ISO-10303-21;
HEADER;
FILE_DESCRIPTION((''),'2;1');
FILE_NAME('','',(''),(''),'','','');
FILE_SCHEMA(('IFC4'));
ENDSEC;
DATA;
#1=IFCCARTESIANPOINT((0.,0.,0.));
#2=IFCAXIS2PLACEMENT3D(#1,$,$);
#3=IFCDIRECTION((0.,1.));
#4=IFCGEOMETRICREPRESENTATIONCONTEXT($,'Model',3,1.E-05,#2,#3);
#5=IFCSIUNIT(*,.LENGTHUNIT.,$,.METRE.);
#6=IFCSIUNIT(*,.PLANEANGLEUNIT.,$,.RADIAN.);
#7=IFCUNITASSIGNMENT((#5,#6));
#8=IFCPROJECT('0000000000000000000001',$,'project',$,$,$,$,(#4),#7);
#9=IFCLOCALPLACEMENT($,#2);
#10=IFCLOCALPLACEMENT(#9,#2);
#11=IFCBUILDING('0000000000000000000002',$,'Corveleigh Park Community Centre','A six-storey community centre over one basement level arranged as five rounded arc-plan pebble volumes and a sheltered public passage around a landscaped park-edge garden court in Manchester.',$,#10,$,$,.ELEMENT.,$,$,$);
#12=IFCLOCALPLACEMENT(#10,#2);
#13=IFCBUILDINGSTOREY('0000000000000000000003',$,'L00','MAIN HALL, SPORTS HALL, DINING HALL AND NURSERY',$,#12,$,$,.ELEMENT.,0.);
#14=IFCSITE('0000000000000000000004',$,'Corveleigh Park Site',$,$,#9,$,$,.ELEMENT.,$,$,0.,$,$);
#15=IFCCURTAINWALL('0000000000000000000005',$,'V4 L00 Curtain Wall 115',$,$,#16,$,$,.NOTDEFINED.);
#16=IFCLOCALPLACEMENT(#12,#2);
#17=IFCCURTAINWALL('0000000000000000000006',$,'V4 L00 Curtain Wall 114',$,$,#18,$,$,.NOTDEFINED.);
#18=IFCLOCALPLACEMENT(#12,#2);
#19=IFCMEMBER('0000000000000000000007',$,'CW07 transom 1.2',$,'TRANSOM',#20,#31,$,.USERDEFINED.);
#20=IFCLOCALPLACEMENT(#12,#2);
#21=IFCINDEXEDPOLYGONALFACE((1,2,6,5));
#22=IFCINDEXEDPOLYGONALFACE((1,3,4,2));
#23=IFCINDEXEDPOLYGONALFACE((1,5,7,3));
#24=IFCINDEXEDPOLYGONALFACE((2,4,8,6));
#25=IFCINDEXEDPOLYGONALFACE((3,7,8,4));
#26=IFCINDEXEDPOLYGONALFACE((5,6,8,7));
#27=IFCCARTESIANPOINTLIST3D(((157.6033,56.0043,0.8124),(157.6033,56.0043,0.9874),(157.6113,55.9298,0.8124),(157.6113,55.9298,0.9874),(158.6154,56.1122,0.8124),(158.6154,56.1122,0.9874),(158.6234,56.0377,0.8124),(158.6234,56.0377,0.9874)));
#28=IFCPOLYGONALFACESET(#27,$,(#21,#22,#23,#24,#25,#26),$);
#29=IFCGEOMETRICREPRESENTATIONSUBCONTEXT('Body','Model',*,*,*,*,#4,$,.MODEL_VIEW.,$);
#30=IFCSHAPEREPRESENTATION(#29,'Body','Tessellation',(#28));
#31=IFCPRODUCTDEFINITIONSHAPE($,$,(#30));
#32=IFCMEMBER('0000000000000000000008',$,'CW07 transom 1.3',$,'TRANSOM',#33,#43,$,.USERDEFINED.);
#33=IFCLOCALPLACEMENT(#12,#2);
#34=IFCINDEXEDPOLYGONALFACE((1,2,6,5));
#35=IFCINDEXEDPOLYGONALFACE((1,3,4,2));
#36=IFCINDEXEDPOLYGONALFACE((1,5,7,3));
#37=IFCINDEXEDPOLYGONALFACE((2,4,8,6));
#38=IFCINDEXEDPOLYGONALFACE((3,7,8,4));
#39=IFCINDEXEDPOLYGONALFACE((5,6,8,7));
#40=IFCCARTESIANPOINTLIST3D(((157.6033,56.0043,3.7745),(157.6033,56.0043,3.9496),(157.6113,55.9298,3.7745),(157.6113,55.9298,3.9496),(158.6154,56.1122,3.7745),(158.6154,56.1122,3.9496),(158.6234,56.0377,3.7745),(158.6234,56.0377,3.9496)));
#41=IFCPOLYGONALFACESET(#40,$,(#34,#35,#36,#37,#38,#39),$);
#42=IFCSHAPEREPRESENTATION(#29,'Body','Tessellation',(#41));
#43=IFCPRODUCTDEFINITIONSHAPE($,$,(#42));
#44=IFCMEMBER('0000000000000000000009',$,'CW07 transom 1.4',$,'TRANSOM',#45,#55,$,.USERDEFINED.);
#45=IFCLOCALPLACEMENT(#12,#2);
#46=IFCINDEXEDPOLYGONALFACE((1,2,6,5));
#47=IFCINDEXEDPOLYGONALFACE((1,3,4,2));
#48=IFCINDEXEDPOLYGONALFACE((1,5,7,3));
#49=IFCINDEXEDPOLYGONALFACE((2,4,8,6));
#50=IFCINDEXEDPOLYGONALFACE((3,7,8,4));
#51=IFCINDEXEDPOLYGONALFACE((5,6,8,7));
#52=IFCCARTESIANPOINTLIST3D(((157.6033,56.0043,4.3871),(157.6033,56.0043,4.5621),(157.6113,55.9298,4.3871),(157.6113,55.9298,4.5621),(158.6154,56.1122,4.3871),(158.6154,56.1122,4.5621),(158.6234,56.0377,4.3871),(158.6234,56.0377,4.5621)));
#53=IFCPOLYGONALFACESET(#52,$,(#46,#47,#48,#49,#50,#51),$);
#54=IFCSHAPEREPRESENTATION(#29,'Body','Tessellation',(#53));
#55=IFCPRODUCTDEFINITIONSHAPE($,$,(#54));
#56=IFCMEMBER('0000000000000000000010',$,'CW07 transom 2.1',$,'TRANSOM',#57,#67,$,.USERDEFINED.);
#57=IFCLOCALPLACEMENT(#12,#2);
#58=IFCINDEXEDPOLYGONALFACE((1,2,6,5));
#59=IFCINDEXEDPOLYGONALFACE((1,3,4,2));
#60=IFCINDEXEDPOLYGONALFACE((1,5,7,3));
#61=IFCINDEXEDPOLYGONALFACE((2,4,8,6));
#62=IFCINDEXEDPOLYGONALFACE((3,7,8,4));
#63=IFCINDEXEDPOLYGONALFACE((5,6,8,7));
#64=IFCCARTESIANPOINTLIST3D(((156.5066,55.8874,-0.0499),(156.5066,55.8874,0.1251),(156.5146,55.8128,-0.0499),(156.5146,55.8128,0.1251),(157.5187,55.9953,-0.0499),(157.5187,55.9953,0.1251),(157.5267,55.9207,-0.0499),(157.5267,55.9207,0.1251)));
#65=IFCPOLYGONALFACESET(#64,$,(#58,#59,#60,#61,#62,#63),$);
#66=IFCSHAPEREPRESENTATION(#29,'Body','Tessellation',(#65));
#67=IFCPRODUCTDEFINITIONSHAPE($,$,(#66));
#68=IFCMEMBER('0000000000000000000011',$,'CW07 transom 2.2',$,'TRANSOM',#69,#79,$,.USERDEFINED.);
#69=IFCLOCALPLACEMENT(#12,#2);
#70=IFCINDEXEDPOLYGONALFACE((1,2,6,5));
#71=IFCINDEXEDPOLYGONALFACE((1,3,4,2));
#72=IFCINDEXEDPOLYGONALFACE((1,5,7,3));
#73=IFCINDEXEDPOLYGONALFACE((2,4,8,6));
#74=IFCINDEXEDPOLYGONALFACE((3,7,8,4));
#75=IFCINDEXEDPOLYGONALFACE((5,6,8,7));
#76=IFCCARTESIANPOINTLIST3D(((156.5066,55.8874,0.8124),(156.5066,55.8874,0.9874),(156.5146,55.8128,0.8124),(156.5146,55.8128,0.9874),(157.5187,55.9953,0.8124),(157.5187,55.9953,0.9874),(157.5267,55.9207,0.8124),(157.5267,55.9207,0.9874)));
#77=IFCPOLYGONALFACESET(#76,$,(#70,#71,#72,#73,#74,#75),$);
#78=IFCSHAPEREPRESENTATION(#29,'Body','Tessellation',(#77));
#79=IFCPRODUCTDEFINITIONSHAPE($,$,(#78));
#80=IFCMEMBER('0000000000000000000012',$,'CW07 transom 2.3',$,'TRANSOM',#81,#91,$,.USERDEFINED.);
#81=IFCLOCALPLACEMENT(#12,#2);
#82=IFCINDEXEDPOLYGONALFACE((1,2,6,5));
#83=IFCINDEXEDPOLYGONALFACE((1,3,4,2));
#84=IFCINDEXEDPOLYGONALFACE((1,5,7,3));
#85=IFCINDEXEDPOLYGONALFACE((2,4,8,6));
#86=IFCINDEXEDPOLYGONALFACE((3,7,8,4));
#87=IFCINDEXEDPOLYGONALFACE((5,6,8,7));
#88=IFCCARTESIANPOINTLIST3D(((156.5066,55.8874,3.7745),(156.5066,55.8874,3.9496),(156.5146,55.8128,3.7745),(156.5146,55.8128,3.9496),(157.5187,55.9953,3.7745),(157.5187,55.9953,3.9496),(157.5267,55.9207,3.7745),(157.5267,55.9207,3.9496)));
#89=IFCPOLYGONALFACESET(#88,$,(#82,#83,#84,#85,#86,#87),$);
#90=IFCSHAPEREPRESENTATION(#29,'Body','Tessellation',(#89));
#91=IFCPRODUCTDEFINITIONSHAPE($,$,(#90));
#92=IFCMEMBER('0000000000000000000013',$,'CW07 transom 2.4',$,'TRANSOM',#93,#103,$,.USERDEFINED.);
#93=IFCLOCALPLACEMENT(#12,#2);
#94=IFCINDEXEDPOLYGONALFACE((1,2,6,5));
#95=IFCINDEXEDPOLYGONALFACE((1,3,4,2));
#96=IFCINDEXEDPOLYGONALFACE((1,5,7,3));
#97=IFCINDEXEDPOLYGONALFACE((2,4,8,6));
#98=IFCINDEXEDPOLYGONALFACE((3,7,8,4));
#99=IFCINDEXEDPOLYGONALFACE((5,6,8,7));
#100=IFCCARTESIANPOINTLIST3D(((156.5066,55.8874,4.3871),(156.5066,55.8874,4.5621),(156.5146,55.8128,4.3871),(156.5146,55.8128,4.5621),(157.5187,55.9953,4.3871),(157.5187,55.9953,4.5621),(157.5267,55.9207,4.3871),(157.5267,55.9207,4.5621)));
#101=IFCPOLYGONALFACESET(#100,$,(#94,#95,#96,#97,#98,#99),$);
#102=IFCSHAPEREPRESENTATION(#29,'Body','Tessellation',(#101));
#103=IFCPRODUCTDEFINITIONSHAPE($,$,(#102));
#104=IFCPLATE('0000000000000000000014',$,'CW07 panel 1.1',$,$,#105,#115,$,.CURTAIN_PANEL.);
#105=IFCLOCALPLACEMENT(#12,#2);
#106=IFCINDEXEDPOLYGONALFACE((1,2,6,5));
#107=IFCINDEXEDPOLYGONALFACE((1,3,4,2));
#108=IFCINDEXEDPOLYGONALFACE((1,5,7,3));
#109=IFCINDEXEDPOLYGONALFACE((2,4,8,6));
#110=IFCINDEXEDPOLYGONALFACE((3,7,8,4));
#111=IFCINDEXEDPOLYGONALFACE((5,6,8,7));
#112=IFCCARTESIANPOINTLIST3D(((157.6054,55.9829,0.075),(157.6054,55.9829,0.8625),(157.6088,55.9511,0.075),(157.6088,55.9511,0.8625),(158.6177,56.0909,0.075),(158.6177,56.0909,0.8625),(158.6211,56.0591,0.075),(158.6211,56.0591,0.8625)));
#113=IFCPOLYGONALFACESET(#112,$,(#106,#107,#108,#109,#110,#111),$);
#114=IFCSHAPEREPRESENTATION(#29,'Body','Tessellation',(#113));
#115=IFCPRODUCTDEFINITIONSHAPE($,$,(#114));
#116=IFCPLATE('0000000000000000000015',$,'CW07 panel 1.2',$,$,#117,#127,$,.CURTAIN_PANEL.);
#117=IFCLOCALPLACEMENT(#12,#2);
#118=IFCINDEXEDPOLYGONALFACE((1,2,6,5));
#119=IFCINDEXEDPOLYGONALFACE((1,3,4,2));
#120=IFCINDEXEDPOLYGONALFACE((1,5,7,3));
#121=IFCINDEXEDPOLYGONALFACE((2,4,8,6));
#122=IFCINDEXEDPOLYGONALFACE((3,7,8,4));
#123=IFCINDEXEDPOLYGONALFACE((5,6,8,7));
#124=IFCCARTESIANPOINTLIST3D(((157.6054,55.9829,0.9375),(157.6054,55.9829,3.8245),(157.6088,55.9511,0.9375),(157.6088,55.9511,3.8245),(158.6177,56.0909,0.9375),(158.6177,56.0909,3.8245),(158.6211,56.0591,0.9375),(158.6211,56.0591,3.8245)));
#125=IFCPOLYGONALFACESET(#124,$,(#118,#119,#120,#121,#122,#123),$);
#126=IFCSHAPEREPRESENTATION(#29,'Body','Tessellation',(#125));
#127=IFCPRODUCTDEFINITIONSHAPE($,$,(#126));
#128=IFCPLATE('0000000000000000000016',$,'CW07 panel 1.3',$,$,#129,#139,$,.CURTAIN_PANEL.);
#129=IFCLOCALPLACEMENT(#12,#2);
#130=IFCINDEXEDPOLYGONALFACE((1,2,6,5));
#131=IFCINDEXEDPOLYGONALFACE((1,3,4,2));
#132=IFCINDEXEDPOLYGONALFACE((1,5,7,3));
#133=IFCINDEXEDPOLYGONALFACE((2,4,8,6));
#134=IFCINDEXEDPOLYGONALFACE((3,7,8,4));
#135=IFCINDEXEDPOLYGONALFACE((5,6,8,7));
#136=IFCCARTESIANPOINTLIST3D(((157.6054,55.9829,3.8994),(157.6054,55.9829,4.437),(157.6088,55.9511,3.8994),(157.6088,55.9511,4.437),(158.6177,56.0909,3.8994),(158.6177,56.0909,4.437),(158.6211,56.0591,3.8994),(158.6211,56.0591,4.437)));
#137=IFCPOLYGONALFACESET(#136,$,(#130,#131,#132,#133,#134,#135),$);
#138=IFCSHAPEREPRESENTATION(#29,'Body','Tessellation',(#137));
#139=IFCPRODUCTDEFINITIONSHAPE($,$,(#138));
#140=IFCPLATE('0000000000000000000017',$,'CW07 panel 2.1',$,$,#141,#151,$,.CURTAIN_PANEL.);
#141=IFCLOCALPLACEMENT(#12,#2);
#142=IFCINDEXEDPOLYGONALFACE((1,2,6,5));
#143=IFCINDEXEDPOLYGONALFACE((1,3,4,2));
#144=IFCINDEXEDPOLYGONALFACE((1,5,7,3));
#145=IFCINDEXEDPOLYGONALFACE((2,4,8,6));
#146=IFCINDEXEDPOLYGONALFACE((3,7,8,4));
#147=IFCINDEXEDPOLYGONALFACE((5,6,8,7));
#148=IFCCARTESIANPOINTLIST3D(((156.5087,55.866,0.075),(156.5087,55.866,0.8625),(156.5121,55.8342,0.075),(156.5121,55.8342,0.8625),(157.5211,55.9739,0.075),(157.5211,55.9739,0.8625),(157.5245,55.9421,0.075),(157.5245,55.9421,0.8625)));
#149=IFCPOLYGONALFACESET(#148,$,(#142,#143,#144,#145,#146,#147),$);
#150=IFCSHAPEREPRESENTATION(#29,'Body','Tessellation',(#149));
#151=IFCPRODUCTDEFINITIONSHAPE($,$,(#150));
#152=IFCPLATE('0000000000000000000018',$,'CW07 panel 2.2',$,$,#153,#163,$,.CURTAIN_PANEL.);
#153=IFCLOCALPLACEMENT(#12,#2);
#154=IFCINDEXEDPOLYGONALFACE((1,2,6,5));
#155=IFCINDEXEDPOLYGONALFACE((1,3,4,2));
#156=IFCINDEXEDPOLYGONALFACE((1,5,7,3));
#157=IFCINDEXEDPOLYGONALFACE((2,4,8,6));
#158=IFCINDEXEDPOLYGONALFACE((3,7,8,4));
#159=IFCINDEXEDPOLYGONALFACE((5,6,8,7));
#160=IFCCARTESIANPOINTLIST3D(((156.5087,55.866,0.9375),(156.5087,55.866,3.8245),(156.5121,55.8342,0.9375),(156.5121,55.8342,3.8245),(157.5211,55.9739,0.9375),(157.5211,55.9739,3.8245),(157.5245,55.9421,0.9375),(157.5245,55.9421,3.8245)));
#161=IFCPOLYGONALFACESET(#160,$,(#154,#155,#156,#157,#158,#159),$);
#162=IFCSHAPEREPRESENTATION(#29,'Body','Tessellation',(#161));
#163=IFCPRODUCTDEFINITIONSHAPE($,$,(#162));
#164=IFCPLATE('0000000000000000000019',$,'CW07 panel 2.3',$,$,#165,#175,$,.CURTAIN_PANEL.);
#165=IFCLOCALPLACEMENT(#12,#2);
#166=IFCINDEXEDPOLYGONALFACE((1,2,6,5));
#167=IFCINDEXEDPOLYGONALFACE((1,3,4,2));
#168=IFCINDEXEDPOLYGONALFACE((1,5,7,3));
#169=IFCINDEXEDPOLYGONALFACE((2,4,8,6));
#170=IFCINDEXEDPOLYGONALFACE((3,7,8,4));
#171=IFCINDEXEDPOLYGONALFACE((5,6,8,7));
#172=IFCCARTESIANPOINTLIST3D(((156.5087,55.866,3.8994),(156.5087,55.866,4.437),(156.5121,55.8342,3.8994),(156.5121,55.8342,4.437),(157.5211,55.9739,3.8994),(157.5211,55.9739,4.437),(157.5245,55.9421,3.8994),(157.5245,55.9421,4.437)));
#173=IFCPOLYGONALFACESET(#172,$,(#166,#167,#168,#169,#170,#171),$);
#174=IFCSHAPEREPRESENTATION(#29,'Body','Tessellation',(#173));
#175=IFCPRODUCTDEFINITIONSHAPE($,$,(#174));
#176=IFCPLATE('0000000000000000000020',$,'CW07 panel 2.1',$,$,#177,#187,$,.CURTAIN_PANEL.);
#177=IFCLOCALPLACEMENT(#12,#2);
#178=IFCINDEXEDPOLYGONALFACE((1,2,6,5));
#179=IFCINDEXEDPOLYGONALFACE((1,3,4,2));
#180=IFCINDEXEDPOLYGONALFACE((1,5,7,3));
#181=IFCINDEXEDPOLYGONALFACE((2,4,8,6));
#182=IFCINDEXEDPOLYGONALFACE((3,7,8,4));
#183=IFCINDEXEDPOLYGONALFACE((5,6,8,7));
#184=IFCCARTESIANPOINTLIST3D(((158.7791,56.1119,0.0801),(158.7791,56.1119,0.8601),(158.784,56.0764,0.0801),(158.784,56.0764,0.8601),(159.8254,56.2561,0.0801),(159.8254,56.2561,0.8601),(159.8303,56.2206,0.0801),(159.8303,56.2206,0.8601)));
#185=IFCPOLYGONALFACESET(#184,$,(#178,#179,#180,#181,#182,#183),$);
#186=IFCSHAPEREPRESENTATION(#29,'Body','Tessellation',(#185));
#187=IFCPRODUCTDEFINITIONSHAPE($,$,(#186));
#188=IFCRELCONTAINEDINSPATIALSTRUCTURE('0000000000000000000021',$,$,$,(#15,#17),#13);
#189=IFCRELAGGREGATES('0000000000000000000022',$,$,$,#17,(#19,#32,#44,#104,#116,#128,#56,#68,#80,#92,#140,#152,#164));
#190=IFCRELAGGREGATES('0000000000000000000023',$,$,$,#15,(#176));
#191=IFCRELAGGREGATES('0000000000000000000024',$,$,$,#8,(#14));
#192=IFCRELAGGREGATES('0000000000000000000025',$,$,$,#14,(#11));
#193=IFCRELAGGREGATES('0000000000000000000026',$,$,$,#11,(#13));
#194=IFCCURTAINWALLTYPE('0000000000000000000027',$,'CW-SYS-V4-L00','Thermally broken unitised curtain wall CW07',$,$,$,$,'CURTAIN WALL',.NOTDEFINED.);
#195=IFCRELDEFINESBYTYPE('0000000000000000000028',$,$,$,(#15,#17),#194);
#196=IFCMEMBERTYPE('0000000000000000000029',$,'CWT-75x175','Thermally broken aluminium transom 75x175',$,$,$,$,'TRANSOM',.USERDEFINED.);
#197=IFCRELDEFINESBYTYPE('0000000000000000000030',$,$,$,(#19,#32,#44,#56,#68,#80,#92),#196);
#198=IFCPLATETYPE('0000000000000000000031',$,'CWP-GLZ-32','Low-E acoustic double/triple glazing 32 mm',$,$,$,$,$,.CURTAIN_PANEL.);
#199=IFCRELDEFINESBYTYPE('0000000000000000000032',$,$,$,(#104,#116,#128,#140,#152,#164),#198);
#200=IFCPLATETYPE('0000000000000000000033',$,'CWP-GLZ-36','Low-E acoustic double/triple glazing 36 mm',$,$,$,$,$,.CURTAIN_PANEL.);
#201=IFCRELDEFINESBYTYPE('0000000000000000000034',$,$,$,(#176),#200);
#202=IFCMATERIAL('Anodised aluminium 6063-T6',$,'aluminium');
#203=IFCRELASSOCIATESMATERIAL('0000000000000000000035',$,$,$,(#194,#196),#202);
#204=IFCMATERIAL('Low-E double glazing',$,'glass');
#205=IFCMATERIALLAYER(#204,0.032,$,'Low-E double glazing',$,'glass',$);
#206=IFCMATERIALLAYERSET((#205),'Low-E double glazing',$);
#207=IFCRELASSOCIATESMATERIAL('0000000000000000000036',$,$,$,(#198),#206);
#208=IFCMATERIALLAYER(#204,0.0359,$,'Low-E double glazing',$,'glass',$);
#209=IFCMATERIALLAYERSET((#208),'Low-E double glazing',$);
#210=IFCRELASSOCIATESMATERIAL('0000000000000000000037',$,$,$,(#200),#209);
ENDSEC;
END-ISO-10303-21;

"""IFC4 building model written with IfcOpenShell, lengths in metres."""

from ifc_helpers import new_model, si_unit, direction, frame, origin, origin_2d, place, context, subcontext, project, spatial, rectangle, extrude, material, layer, layer_set, material_profile, profile_set, type_object, element, aggregate, save


model = new_model("IFC4")

# Units and contexts
model_context = context("Model", 3, precision=1e-05, world=origin(), true_north=direction((0.0, 1.0)))
body_context = subcontext(model_context, "Body", "Model", "MODEL_VIEW")
ifc_project = project(units=[si_unit("LENGTHUNIT", "METRE"), si_unit("PLANEANGLEUNIT", "RADIAN")], contexts=[model_context])

# Site, building, storey
site_placement = place(None, origin())
site = spatial("IfcSite", under=ifc_project, at=site_placement, Name="Corveleigh Park Site", CompositionType="ELEMENT", RefElevation=0.0)
building_placement = place(site_placement, origin())
building = spatial("IfcBuilding", under=site, at=building_placement, Name="Corveleigh Park Community Centre", Description="A six-storey community centre over one basement level arranged as five rounded arc-plan pebble volumes and a sheltered public passage around a landscaped park-edge garden court in Manchester.", CompositionType="ELEMENT")
storey_placement = place(building_placement, origin())
storey = spatial("IfcBuildingStorey", under=building, at=storey_placement, Name="L00", Description="MAIN HALL, SPORTS HALL, DINING HALL AND NURSERY", CompositionType="ELEMENT", Elevation=0.0)

# Curtain wall
ifc_material_1 = material(Name="Anodised aluminium 6063-T6", Category="aluminium")
curtain_wall_type = type_object("IfcCurtainWallType", Name="CW-SYS-V4-L00", Description="Thermally broken unitised curtain wall CW07", ElementType="CURTAIN WALL", PredefinedType="NOTDEFINED", material=ifc_material_1)
curtain_wall_1_placement = place(storey_placement, origin())
curtain_wall_1 = element("IfcCurtainWall", 1, at=curtain_wall_1_placement, inside=storey, type_object=curtain_wall_type, Name="V4 L00 Curtain Wall 115", PredefinedType="NOTDEFINED")

# Curtain wall
curtain_wall_2_placement = place(storey_placement, origin())
curtain_wall_2 = element("IfcCurtainWall", 2, at=curtain_wall_2_placement, inside=storey, type_object=curtain_wall_type, Name="V4 L00 Curtain Wall 114", PredefinedType="NOTDEFINED")

# Members
ifc_material_profile_1 = material_profile(ifc_material_1, rectangle(XDim=0.075, YDim=0.175, at=origin_2d()), Name="ALU-T75x175", Category="aluminium")
ifc_profile_set_1 = profile_set([ifc_material_profile_1], Name="Anodised aluminium 6063-T6")
member_type_1 = type_object("IfcMemberType", Name="CWT-75x175", Description="Thermally broken aluminium transom 75x175", ElementType="TRANSOM", PredefinedType="USERDEFINED", material=ifc_profile_set_1)
member_1_placement = place(storey_placement, frame((158.6194, 56.075, 0.8999), z_axis=(-0.994365, -0.106008, 0.0), x_axis=(0.106008, -0.994365, 0.0)))
member_1 = element("IfcMember", 3, at=member_1_placement, type_object=member_type_1, Name="CW07 transom 1.2", ObjectType="TRANSOM", PredefinedType="USERDEFINED", context=body_context, shape_type="SweptSolid", body=[
    extrude(rectangle(XDim=0.075, YDim=0.175, at=origin_2d()), origin(), (0.0, 0.0, 1.0), 1.0178),
])
member_2_placement = place(storey_placement, frame((158.6194, 56.075, 3.8621), z_axis=(-0.994365, -0.106008, 0.0), x_axis=(0.106008, -0.994365, 0.0)))
member_2 = element("IfcMember", 4, at=member_2_placement, type_object=member_type_1, Name="CW07 transom 1.3", ObjectType="TRANSOM", PredefinedType="USERDEFINED", context=body_context, shape_type="SweptSolid", body=[
    extrude(rectangle(XDim=0.075, YDim=0.175, at=origin_2d()), origin(), (0.0, 0.0, 1.0), 1.0178),
])
member_3_placement = place(storey_placement, frame((158.6194, 56.075, 4.4746), z_axis=(-0.994365, -0.106008, 0.0), x_axis=(0.106008, -0.994365, 0.0)))
member_3 = element("IfcMember", 5, at=member_3_placement, type_object=member_type_1, Name="CW07 transom 1.4", ObjectType="TRANSOM", PredefinedType="USERDEFINED", context=body_context, shape_type="SweptSolid", body=[
    extrude(rectangle(XDim=0.075, YDim=0.175, at=origin_2d()), origin(), (0.0, 0.0, 1.0), 1.0178),
])
member_4_placement = place(storey_placement, frame((157.5227, 55.958, 0.0376), z_axis=(-0.994365, -0.106008, 0.0), x_axis=(0.106008, -0.994365, 0.0)))
member_4 = element("IfcMember", 6, at=member_4_placement, type_object=member_type_1, Name="CW07 transom 2.1", ObjectType="TRANSOM", PredefinedType="USERDEFINED", context=body_context, shape_type="SweptSolid", body=[
    extrude(rectangle(XDim=0.075, YDim=0.175, at=origin_2d()), origin(), (0.0, 0.0, 1.0), 1.0178),
])
member_5_placement = place(storey_placement, frame((157.5227, 55.958, 0.8999), z_axis=(-0.994365, -0.106008, 0.0), x_axis=(0.106008, -0.994365, 0.0)))
member_5 = element("IfcMember", 7, at=member_5_placement, type_object=member_type_1, Name="CW07 transom 2.2", ObjectType="TRANSOM", PredefinedType="USERDEFINED", context=body_context, shape_type="SweptSolid", body=[
    extrude(rectangle(XDim=0.075, YDim=0.175, at=origin_2d()), origin(), (0.0, 0.0, 1.0), 1.0178),
])
member_6_placement = place(storey_placement, frame((157.5227, 55.958, 3.8621), z_axis=(-0.994365, -0.106008, 0.0), x_axis=(0.106008, -0.994365, 0.0)))
member_6 = element("IfcMember", 8, at=member_6_placement, type_object=member_type_1, Name="CW07 transom 2.3", ObjectType="TRANSOM", PredefinedType="USERDEFINED", context=body_context, shape_type="SweptSolid", body=[
    extrude(rectangle(XDim=0.075, YDim=0.175, at=origin_2d()), origin(), (0.0, 0.0, 1.0), 1.0178),
])
member_7_placement = place(storey_placement, frame((157.5227, 55.958, 4.4746), z_axis=(-0.994365, -0.106008, 0.0), x_axis=(0.106008, -0.994365, 0.0)))
member_7 = element("IfcMember", 9, at=member_7_placement, type_object=member_type_1, Name="CW07 transom 2.4", ObjectType="TRANSOM", PredefinedType="USERDEFINED", context=body_context, shape_type="SweptSolid", body=[
    extrude(rectangle(XDim=0.075, YDim=0.175, at=origin_2d()), origin(), (0.0, 0.0, 1.0), 1.0178),
])

# Plates
ifc_material_2 = material(Name="Low-E double glazing", Category="glass")
ifc_layer_1 = layer(ifc_material_2, 0.032, Name="Low-E double glazing", Category="glass")
ifc_layer_set_1 = layer_set([ifc_layer_1], Name="Low-E double glazing")
plate_type_1 = type_object("IfcPlateType", Name="CWP-GLZ-32", Description="Low-E acoustic double/triple glazing 32 mm", PredefinedType="CURTAIN_PANEL", material=ifc_layer_set_1)
plate_1_placement = place(storey_placement, frame((158.1133, 56.021, 0.075), z_axis=(0.0, 0.0, 1.0), x_axis=(-0.994359, -0.106071, 0.0)))
plate_1 = element("IfcPlate", 10, at=plate_1_placement, type_object=plate_type_1, Name="CW07 panel 1.1", PredefinedType="CURTAIN_PANEL", context=body_context, shape_type="SweptSolid", body=[
    extrude(rectangle(XDim=1.0181, YDim=0.032, at=origin_2d()), origin(), (0.0, 0.0, 1.0), 0.7876),
])
plate_2_placement = place(storey_placement, frame((158.1133, 56.021, 0.9375), z_axis=(0.0, 0.0, 1.0), x_axis=(-0.994359, -0.106071, 0.0)))
plate_2 = element("IfcPlate", 11, at=plate_2_placement, type_object=plate_type_1, Name="CW07 panel 1.2", PredefinedType="CURTAIN_PANEL", context=body_context, shape_type="SweptSolid", body=[
    extrude(rectangle(XDim=1.0181, YDim=0.032, at=origin_2d()), origin(), (0.0, 0.0, 1.0), 2.887),
])
plate_3_placement = place(storey_placement, frame((158.1133, 56.021, 3.8994), z_axis=(0.0, 0.0, 1.0), x_axis=(-0.994359, -0.106071, 0.0)))
plate_3 = element("IfcPlate", 12, at=plate_3_placement, type_object=plate_type_1, Name="CW07 panel 1.3", PredefinedType="CURTAIN_PANEL", context=body_context, shape_type="SweptSolid", body=[
    extrude(rectangle(XDim=1.0181, YDim=0.032, at=origin_2d()), origin(), (0.0, 0.0, 1.0), 0.5376),
])
plate_4_placement = place(storey_placement, frame((157.0166, 55.9041, 0.075), z_axis=(0.0, 0.0, 1.0), x_axis=(-0.994359, -0.106071, 0.0)))
plate_4 = element("IfcPlate", 13, at=plate_4_placement, type_object=plate_type_1, Name="CW07 panel 2.1", PredefinedType="CURTAIN_PANEL", context=body_context, shape_type="SweptSolid", body=[
    extrude(rectangle(XDim=1.0181, YDim=0.032, at=origin_2d()), origin(), (0.0, 0.0, 1.0), 0.7876),
])
plate_5_placement = place(storey_placement, frame((157.0166, 55.9041, 0.9375), z_axis=(0.0, 0.0, 1.0), x_axis=(-0.994359, -0.106071, 0.0)))
plate_5 = element("IfcPlate", 14, at=plate_5_placement, type_object=plate_type_1, Name="CW07 panel 2.2", PredefinedType="CURTAIN_PANEL", context=body_context, shape_type="SweptSolid", body=[
    extrude(rectangle(XDim=1.0181, YDim=0.032, at=origin_2d()), origin(), (0.0, 0.0, 1.0), 2.887),
])
plate_6_placement = place(storey_placement, frame((157.0166, 55.9041, 3.8994), z_axis=(0.0, 0.0, 1.0), x_axis=(-0.994359, -0.106071, 0.0)))
plate_6 = element("IfcPlate", 15, at=plate_6_placement, type_object=plate_type_1, Name="CW07 panel 2.3", PredefinedType="CURTAIN_PANEL", context=body_context, shape_type="SweptSolid", body=[
    extrude(rectangle(XDim=1.0181, YDim=0.032, at=origin_2d()), origin(), (0.0, 0.0, 1.0), 0.5376),
])
aggregate(curtain_wall_2, [member_1, member_2, member_3, plate_1, plate_2, plate_3, member_4, member_5, member_6, member_7, plate_4, plate_5, plate_6])
ifc_layer_2 = layer(ifc_material_2, 0.0359, Name="Low-E double glazing", Category="glass")
ifc_layer_set_2 = layer_set([ifc_layer_2], Name="Low-E double glazing")
plate_type_2 = type_object("IfcPlateType", Name="CWP-GLZ-36", Description="Low-E acoustic double/triple glazing 36 mm", PredefinedType="CURTAIN_PANEL", material=ifc_layer_set_2)
plate_7_placement = place(storey_placement, frame((159.3047, 56.1663, 0.0801), z_axis=(0.0, 0.0, 1.0), x_axis=(-0.990635, -0.136534, 0.0)))
plate_7 = element("IfcPlate", 16, at=plate_7_placement, type_object=plate_type_2, Name="CW07 panel 2.1", PredefinedType="CURTAIN_PANEL", context=body_context, shape_type="SweptSolid", body=[
    extrude(rectangle(XDim=1.0562, YDim=0.0359, at=origin_2d()), origin(), (0.0, 0.0, 1.0), 0.78),
])
aggregate(curtain_wall_1, [plate_7])

save(model, "model.ifc")
